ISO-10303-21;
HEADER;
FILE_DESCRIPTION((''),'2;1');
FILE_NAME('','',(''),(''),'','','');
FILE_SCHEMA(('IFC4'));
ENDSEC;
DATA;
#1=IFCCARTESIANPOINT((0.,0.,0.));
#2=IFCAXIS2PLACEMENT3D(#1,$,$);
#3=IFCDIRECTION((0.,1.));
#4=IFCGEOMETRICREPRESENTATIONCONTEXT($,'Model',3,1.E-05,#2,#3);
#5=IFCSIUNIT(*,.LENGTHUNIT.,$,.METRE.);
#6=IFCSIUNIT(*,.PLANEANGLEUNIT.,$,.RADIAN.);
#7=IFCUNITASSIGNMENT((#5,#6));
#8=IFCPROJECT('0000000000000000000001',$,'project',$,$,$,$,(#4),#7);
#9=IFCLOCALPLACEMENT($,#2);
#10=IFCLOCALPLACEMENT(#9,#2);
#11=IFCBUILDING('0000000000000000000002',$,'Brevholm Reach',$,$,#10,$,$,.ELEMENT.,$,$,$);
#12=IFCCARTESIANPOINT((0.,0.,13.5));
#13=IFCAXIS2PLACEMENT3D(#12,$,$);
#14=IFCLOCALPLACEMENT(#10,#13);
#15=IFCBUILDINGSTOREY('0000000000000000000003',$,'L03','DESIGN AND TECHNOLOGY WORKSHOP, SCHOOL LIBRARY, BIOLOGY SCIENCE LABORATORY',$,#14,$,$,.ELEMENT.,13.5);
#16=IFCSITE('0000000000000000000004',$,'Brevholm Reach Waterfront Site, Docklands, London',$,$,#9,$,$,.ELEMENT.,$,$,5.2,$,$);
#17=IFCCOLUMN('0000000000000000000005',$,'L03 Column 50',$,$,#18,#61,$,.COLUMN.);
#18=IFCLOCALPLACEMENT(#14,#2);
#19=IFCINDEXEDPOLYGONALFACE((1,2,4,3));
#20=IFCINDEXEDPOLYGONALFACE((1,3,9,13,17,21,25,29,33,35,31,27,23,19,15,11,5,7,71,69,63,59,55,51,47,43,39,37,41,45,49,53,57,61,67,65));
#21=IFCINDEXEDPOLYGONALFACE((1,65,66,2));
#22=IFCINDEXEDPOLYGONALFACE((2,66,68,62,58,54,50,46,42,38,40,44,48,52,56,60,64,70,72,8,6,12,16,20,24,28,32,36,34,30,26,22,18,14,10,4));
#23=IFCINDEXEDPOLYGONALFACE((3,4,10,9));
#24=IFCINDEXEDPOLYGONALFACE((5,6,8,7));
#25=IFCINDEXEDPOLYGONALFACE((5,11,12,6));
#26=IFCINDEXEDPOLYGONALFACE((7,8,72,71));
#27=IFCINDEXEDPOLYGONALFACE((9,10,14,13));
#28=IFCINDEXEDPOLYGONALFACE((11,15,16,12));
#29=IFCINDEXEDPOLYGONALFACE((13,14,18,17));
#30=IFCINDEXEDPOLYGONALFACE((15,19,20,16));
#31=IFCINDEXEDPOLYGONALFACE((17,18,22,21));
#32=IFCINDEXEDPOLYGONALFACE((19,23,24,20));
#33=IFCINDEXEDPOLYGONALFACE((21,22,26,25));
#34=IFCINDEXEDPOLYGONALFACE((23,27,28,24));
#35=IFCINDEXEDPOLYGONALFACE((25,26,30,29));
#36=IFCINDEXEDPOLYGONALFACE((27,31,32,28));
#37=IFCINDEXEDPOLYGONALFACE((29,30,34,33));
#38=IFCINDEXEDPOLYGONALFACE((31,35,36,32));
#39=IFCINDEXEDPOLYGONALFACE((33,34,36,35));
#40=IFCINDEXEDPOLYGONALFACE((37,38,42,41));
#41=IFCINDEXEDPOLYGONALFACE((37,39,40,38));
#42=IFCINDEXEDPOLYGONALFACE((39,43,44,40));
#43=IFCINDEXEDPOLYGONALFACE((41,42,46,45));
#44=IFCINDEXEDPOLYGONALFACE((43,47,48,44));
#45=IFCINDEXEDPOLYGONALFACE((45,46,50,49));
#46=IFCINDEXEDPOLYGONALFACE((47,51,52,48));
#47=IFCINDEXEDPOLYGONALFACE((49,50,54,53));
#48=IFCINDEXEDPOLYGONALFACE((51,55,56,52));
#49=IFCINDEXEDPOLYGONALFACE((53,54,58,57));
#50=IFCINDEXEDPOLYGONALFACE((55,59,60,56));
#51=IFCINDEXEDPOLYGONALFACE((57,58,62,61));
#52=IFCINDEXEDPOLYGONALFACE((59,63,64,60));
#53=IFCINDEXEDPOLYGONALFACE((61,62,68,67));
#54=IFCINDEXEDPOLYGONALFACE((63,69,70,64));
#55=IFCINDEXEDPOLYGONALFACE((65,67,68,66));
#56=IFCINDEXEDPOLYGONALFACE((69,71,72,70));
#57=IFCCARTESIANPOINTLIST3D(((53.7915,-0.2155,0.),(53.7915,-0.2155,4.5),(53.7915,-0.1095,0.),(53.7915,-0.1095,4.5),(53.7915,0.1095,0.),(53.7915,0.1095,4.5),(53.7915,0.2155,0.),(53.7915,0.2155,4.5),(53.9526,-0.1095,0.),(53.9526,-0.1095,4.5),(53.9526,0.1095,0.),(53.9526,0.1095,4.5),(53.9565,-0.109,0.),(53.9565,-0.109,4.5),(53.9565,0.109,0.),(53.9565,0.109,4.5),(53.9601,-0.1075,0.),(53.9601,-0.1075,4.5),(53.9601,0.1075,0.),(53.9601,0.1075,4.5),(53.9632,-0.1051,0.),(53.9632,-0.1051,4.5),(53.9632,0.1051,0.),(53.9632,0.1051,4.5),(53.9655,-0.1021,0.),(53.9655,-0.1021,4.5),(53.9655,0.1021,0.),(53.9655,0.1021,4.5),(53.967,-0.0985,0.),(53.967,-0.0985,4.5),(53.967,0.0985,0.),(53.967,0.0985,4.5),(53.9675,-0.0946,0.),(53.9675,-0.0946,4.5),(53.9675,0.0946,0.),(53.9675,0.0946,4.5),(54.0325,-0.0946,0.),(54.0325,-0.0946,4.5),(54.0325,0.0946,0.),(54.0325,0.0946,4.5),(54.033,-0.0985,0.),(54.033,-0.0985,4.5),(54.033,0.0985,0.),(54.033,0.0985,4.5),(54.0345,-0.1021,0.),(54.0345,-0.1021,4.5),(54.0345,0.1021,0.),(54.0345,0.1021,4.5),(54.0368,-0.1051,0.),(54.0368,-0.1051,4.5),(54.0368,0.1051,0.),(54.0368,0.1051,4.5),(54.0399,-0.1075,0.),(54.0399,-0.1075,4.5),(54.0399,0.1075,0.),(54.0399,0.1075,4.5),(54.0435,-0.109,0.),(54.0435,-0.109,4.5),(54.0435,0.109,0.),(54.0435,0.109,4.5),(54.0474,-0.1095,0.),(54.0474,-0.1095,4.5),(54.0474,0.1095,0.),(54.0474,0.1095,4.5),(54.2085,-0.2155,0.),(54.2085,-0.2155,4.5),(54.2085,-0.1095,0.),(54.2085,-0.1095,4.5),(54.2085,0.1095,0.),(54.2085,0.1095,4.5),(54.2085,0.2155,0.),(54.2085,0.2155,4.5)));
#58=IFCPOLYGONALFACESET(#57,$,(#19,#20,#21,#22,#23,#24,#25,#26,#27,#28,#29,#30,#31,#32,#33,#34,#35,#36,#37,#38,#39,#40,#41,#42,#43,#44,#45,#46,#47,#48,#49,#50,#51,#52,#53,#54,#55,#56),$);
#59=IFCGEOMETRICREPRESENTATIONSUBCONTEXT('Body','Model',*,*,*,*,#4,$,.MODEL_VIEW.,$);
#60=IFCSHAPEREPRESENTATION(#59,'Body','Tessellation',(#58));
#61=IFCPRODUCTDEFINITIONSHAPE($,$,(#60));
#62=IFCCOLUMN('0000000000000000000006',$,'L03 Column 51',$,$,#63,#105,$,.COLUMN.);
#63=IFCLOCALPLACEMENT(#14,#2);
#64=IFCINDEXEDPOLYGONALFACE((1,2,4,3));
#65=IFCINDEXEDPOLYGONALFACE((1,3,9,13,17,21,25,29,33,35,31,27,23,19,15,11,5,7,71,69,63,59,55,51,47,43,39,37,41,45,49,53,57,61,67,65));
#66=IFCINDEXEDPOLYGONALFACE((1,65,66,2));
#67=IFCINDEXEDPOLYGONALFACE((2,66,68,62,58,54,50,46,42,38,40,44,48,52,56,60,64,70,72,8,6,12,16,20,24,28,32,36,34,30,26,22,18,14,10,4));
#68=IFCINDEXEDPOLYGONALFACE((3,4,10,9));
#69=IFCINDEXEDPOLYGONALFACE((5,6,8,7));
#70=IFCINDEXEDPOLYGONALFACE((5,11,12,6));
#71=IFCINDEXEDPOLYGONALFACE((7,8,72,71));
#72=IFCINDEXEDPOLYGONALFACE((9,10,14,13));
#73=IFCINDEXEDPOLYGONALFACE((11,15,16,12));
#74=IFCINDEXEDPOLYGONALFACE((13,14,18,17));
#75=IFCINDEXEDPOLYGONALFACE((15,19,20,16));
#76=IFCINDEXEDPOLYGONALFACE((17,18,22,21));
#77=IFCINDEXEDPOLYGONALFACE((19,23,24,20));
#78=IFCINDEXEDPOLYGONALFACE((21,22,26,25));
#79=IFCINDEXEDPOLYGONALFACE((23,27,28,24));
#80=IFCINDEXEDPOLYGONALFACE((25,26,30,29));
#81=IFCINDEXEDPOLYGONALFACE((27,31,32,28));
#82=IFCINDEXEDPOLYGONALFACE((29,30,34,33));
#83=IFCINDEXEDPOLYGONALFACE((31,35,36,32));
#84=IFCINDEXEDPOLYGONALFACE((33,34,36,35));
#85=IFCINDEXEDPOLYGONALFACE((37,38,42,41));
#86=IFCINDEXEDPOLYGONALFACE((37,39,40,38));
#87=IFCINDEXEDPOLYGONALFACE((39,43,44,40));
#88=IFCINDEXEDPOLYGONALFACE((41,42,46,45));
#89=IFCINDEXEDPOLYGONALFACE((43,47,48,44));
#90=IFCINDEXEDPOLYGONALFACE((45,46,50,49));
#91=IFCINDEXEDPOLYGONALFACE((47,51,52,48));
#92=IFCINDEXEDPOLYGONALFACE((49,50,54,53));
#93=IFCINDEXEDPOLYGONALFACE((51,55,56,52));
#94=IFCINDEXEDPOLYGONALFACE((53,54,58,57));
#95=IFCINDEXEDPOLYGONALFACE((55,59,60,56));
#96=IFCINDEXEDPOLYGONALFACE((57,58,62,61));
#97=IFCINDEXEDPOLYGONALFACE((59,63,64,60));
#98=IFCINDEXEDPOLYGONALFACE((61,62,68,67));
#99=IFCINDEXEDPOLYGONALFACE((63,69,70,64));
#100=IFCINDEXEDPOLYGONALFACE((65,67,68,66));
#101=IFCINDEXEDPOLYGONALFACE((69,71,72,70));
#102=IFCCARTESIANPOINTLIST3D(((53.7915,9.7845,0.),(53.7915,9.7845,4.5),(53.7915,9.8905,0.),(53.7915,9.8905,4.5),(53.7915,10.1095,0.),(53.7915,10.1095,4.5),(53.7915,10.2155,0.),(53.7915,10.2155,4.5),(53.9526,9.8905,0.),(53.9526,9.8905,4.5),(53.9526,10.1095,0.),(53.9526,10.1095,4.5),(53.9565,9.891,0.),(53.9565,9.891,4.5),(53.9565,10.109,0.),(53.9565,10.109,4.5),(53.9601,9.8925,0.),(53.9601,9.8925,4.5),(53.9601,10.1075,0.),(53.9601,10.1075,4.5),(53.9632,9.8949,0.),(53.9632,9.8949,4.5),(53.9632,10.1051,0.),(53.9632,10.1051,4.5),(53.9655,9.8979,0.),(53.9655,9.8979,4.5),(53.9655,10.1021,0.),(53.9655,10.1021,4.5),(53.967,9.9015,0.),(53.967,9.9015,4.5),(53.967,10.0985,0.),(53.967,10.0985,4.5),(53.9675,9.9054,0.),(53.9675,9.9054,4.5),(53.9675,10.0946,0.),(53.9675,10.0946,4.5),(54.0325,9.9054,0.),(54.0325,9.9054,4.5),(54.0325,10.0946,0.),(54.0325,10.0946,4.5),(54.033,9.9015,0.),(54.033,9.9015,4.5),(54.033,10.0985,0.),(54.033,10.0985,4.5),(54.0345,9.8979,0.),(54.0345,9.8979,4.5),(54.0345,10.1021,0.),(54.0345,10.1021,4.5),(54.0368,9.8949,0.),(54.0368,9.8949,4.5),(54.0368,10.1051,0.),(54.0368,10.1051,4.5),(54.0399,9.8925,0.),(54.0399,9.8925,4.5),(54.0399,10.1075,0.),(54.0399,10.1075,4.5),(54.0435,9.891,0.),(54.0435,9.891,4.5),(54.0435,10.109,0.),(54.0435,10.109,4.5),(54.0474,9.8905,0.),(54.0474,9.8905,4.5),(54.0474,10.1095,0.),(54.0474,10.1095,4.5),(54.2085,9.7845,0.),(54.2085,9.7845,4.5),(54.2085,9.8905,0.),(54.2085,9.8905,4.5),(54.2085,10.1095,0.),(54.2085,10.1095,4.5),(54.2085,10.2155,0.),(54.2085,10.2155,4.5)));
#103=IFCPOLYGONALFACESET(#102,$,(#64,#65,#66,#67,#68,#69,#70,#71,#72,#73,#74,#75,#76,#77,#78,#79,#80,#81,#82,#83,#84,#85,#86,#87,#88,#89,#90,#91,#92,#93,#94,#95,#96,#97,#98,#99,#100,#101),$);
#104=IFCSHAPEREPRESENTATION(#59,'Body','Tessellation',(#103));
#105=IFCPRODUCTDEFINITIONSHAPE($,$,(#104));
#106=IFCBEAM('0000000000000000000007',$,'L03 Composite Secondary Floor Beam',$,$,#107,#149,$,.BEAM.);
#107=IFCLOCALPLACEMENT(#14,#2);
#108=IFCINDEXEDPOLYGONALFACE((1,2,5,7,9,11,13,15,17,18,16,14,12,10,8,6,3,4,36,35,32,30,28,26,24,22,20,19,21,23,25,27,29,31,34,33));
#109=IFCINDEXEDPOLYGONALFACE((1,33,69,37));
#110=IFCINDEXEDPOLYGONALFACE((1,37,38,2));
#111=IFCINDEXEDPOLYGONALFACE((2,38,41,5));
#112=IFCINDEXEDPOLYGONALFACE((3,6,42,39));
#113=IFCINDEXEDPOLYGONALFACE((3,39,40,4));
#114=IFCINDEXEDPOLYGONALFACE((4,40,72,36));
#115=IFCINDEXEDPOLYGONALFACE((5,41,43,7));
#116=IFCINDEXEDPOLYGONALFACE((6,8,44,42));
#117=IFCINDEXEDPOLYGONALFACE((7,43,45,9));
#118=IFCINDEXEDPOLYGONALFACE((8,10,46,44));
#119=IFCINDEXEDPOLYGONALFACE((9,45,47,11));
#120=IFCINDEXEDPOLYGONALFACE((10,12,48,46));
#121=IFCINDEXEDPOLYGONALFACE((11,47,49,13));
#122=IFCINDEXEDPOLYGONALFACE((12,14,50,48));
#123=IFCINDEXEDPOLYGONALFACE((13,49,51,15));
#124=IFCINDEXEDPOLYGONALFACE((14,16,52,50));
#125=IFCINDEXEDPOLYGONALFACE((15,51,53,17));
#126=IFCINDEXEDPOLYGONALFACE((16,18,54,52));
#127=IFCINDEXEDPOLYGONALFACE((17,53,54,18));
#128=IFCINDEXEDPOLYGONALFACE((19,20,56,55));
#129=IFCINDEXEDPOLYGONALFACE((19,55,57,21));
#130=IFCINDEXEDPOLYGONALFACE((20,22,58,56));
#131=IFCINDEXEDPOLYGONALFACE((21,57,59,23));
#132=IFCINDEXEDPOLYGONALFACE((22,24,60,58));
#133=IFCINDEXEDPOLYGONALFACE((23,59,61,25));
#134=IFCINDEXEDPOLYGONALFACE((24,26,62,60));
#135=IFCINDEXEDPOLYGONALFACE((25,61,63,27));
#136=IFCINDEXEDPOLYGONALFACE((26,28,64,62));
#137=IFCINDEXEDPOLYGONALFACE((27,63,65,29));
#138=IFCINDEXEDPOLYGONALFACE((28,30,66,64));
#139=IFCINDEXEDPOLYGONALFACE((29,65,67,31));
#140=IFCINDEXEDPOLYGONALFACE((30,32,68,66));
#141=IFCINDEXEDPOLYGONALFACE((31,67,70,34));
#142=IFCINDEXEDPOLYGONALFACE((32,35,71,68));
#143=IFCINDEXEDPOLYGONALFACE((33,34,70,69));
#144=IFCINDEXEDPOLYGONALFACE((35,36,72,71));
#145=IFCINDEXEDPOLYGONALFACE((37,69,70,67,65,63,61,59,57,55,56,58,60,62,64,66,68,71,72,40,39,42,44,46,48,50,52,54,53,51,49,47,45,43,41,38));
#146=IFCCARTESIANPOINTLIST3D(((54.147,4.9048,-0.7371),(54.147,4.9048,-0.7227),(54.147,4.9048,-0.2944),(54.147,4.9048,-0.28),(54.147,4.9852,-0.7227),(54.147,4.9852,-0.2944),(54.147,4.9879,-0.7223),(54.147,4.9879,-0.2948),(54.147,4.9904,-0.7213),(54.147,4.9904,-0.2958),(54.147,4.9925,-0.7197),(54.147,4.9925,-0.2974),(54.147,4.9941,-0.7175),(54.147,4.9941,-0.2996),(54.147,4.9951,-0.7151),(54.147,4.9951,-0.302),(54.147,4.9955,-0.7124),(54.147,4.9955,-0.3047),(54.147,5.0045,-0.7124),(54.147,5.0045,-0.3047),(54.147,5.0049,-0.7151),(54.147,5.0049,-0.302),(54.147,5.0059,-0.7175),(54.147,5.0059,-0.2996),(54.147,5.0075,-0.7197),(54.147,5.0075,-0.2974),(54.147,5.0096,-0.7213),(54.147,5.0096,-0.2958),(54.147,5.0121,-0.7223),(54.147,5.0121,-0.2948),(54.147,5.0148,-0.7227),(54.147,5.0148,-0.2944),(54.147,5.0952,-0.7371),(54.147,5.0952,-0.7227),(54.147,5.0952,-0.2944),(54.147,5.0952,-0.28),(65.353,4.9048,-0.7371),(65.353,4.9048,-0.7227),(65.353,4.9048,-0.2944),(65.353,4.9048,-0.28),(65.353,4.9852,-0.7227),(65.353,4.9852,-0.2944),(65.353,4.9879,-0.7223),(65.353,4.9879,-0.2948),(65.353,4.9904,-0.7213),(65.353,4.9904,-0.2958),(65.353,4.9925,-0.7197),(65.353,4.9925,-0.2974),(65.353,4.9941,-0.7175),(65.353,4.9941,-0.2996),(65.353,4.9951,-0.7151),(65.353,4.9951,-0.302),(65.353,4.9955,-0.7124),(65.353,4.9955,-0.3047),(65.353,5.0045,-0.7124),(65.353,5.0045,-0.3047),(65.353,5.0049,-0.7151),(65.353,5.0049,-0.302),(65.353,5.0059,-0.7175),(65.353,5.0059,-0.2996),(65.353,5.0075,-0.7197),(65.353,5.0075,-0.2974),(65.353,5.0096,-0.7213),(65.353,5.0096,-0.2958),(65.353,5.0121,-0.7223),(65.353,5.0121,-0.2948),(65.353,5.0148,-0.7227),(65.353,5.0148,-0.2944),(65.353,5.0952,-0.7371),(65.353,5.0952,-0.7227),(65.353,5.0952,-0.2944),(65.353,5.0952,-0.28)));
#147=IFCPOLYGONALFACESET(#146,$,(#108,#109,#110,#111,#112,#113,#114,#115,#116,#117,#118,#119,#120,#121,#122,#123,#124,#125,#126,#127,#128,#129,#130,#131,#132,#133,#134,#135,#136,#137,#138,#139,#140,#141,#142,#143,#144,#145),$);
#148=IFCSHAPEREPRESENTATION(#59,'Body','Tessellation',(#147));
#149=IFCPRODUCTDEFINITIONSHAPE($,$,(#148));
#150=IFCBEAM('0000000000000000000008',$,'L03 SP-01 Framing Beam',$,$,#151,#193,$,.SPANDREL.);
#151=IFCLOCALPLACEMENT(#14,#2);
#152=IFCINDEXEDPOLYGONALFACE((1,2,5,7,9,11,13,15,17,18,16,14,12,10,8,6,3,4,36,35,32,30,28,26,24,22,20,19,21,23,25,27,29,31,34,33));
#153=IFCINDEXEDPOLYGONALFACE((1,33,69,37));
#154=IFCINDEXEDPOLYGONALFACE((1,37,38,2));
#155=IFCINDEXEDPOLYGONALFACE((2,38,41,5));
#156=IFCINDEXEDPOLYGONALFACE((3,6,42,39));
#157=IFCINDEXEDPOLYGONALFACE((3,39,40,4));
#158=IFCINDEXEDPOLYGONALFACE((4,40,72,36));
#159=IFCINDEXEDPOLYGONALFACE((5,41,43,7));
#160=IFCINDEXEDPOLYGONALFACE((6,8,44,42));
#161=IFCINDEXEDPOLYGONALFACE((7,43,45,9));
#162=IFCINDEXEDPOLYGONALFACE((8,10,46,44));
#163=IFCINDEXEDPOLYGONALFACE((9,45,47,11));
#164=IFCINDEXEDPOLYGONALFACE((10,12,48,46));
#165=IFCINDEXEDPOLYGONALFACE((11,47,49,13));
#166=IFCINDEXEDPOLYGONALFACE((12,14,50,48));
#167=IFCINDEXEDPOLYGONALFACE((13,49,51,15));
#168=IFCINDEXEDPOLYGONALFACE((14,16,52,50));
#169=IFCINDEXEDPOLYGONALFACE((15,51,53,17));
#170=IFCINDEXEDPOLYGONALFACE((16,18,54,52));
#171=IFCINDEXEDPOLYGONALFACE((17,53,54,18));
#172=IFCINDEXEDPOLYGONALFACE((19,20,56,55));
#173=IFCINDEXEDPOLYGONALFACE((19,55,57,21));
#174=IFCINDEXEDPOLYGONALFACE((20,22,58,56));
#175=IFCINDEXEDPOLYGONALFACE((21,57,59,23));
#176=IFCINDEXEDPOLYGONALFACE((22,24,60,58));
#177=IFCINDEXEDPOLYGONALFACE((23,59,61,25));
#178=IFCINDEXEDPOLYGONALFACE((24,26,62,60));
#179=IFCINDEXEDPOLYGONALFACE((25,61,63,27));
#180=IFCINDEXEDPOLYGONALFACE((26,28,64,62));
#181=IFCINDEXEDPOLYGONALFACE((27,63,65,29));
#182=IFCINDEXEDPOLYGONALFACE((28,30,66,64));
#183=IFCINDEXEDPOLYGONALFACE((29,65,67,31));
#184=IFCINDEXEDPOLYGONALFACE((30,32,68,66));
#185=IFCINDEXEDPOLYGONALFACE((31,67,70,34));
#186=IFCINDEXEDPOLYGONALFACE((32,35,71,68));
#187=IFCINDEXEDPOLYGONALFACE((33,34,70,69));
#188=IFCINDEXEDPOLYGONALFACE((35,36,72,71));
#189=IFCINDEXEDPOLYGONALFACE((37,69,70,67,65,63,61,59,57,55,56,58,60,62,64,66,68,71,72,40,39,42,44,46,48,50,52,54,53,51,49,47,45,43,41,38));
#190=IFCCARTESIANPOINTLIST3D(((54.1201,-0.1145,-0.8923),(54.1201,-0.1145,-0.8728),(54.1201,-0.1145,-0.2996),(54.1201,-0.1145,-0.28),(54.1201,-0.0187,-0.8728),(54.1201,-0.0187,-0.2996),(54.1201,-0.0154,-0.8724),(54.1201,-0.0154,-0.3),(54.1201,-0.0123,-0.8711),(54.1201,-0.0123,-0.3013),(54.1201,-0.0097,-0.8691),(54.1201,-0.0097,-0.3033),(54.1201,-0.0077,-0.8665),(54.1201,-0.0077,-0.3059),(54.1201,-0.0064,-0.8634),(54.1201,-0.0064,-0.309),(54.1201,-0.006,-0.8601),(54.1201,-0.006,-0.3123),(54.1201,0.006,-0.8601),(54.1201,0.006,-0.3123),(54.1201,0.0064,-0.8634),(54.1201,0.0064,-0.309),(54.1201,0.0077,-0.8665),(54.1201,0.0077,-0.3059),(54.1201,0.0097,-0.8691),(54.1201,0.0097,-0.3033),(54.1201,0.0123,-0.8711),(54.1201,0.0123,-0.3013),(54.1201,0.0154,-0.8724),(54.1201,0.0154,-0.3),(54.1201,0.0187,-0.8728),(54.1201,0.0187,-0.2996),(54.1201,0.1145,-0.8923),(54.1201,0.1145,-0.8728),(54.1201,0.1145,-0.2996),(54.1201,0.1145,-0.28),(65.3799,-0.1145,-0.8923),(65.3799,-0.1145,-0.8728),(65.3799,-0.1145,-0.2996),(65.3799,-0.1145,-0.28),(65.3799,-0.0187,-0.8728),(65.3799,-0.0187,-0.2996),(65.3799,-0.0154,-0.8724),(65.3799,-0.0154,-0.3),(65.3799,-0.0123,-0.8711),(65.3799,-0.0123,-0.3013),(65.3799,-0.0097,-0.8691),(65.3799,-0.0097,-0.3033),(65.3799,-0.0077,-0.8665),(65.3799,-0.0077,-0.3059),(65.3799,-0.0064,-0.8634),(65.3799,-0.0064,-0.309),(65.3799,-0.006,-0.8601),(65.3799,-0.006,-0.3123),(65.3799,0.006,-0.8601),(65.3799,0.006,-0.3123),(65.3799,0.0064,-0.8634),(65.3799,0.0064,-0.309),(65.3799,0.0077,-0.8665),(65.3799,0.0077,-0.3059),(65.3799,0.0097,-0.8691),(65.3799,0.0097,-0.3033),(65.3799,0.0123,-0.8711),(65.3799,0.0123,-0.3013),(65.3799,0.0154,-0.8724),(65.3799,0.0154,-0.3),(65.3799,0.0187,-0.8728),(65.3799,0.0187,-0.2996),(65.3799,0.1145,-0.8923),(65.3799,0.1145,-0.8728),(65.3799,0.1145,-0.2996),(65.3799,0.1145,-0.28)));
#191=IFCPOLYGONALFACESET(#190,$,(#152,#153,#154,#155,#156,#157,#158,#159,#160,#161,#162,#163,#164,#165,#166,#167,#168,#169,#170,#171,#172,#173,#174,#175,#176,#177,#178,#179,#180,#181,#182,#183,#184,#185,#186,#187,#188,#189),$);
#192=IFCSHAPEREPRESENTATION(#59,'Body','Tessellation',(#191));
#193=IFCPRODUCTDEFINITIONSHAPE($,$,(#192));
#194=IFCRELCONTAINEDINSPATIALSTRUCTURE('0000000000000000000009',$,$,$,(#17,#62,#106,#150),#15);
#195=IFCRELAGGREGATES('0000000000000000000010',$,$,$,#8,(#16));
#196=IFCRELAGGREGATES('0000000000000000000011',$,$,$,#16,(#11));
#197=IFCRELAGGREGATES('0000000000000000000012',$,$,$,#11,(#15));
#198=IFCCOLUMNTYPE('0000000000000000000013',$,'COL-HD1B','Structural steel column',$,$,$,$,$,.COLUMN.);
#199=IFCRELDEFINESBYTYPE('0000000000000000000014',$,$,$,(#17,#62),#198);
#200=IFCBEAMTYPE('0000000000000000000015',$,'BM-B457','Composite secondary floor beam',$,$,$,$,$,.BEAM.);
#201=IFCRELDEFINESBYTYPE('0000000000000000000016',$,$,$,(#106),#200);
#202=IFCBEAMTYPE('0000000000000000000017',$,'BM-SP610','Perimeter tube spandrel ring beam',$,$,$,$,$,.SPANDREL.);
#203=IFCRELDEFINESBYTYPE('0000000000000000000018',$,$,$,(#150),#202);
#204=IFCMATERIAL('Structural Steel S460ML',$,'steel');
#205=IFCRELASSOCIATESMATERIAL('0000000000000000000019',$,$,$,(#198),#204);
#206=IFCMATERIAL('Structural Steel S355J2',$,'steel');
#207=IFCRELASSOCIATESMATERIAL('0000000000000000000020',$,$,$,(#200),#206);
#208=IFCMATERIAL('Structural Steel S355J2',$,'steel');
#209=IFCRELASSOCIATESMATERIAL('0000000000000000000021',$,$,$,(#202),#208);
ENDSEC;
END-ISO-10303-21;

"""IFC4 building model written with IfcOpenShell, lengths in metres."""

from ifc_helpers import new_model, si_unit, direction, frame, origin, origin_2d, place, context, subcontext, project, spatial, i_section, extrude, material, material_profile, profile_set, type_object, element, save


model = new_model("IFC4")

# Units and contexts
model_context = context("Model", 3, precision=1e-05, world=origin(), true_north=direction((0.0, 1.0)))
body_context = subcontext(model_context, "Body", "Model", "MODEL_VIEW")
ifc_project = project(units=[si_unit("LENGTHUNIT", "METRE"), si_unit("PLANEANGLEUNIT", "RADIAN")], contexts=[model_context])

# Site, building, storey
site_placement = place(None, origin())
site = spatial("IfcSite", under=ifc_project, at=site_placement, Name="Brevholm Reach Waterfront Site, Docklands, London", CompositionType="ELEMENT", RefElevation=5.2)
building_placement = place(site_placement, origin())
building = spatial("IfcBuilding", under=site, at=building_placement, Name="Brevholm Reach", CompositionType="ELEMENT")
storey_placement = place(building_placement, frame((0.0, 0.0, 13.5)))
storey = spatial("IfcBuildingStorey", under=building, at=storey_placement, Name="L03", Description="DESIGN AND TECHNOLOGY WORKSHOP, SCHOOL LIBRARY, BIOLOGY SCIENCE LABORATORY", CompositionType="ELEMENT", Elevation=13.5)

# Columns
ifc_material_1 = material(Name="Structural Steel S460ML", Category="steel")
ifc_material_profile_1 = material_profile(ifc_material_1, i_section(OverallWidth=0.417, OverallDepth=0.4309, WebThickness=0.0649, FlangeThickness=0.106, FilletRadius=0.0149, at=origin_2d()), Name="HD 400x900")
ifc_profile_set_1 = profile_set([ifc_material_profile_1], Name="Structural Steel S460ML")
column_type = type_object("IfcColumnType", Name="COL-HD1B", Description="Structural steel column", PredefinedType="COLUMN", material=ifc_profile_set_1)
for number, where, z_axis, x_axis, name in (
    (1, (54.0, 0.0, 0.0), (0.0, 0.0, 1.0), (1.0, 0.0, 0.0), "L03 Column 50"),
    (2, (54.0, 10.0, 0.0), (0.0, 0.0, 1.0), (1.0, 0.0, 0.0), "L03 Column 51"),
):
    element("IfcColumn", number, at=place(storey_placement, frame(where, z_axis=z_axis, x_axis=x_axis)), inside=storey, type_object=column_type, Name=name, PredefinedType="COLUMN", context=body_context, shape_type="SweptSolid", body=[
        extrude(i_section(OverallWidth=0.417, OverallDepth=0.4309, WebThickness=0.0649, FlangeThickness=0.106, FilletRadius=0.0149, at=origin_2d()), origin(), (0.0, 0.0, 1.0), 4.5),
    ])

# Beams
ifc_material_2 = material(Name="Structural Steel S355J2", Category="steel")
ifc_material_profile_2 = material_profile(ifc_material_2, i_section(OverallWidth=0.1904, OverallDepth=0.457, WebThickness=0.009, FlangeThickness=0.0144, FilletRadius=0.0103, at=origin_2d()), Name="UKB 457x191x74")
ifc_profile_set_2 = profile_set([ifc_material_profile_2], Name="Structural Steel S355J2")
beam_type_1 = type_object("IfcBeamType", Name="BM-B457", Description="Composite secondary floor beam", PredefinedType="BEAM", material=ifc_profile_set_2)
beam_1_placement = place(storey_placement, frame((54.147, 5.0, -0.5085), z_axis=(1.0, 0.0, 0.0), x_axis=(0.0, 1.0, 0.0)))
element("IfcBeam", 3, at=beam_1_placement, inside=storey, type_object=beam_type_1, Name="L03 Composite Secondary Floor Beam", PredefinedType="BEAM", context=body_context, shape_type="SweptSolid", body=[
    extrude(i_section(OverallWidth=0.1904, OverallDepth=0.457, WebThickness=0.009, FlangeThickness=0.0144, FilletRadius=0.0103, at=origin_2d()), origin(), (0.0, 0.0, 1.0), 11.2061),
])
ifc_material_3 = material(Name="Structural Steel S355J2", Category="steel")
ifc_material_profile_3 = material_profile(ifc_material_3, i_section(OverallWidth=0.229, OverallDepth=0.6123, WebThickness=0.012, FlangeThickness=0.0195, FilletRadius=0.0127, at=origin_2d()), Name="UKB 610x229x125")
ifc_profile_set_3 = profile_set([ifc_material_profile_3], Name="Structural Steel S355J2")
beam_type_2 = type_object("IfcBeamType", Name="BM-SP610", Description="Perimeter tube spandrel ring beam", PredefinedType="SPANDREL", material=ifc_profile_set_3)
beam_2_placement = place(storey_placement, frame((54.1201, 0.0, -0.5862), z_axis=(1.0, 0.0, 0.0), x_axis=(0.0, 1.0, 0.0)))
element("IfcBeam", 4, at=beam_2_placement, inside=storey, type_object=beam_type_2, Name="L03 SP-01 Framing Beam", PredefinedType="SPANDREL", context=body_context, shape_type="SweptSolid", body=[
    extrude(i_section(OverallWidth=0.229, OverallDepth=0.6123, WebThickness=0.012, FlangeThickness=0.0195, FilletRadius=0.0127, at=origin_2d()), origin(), (0.0, 0.0, 1.0), 11.2598),
])

save(model, "model.ifc")
